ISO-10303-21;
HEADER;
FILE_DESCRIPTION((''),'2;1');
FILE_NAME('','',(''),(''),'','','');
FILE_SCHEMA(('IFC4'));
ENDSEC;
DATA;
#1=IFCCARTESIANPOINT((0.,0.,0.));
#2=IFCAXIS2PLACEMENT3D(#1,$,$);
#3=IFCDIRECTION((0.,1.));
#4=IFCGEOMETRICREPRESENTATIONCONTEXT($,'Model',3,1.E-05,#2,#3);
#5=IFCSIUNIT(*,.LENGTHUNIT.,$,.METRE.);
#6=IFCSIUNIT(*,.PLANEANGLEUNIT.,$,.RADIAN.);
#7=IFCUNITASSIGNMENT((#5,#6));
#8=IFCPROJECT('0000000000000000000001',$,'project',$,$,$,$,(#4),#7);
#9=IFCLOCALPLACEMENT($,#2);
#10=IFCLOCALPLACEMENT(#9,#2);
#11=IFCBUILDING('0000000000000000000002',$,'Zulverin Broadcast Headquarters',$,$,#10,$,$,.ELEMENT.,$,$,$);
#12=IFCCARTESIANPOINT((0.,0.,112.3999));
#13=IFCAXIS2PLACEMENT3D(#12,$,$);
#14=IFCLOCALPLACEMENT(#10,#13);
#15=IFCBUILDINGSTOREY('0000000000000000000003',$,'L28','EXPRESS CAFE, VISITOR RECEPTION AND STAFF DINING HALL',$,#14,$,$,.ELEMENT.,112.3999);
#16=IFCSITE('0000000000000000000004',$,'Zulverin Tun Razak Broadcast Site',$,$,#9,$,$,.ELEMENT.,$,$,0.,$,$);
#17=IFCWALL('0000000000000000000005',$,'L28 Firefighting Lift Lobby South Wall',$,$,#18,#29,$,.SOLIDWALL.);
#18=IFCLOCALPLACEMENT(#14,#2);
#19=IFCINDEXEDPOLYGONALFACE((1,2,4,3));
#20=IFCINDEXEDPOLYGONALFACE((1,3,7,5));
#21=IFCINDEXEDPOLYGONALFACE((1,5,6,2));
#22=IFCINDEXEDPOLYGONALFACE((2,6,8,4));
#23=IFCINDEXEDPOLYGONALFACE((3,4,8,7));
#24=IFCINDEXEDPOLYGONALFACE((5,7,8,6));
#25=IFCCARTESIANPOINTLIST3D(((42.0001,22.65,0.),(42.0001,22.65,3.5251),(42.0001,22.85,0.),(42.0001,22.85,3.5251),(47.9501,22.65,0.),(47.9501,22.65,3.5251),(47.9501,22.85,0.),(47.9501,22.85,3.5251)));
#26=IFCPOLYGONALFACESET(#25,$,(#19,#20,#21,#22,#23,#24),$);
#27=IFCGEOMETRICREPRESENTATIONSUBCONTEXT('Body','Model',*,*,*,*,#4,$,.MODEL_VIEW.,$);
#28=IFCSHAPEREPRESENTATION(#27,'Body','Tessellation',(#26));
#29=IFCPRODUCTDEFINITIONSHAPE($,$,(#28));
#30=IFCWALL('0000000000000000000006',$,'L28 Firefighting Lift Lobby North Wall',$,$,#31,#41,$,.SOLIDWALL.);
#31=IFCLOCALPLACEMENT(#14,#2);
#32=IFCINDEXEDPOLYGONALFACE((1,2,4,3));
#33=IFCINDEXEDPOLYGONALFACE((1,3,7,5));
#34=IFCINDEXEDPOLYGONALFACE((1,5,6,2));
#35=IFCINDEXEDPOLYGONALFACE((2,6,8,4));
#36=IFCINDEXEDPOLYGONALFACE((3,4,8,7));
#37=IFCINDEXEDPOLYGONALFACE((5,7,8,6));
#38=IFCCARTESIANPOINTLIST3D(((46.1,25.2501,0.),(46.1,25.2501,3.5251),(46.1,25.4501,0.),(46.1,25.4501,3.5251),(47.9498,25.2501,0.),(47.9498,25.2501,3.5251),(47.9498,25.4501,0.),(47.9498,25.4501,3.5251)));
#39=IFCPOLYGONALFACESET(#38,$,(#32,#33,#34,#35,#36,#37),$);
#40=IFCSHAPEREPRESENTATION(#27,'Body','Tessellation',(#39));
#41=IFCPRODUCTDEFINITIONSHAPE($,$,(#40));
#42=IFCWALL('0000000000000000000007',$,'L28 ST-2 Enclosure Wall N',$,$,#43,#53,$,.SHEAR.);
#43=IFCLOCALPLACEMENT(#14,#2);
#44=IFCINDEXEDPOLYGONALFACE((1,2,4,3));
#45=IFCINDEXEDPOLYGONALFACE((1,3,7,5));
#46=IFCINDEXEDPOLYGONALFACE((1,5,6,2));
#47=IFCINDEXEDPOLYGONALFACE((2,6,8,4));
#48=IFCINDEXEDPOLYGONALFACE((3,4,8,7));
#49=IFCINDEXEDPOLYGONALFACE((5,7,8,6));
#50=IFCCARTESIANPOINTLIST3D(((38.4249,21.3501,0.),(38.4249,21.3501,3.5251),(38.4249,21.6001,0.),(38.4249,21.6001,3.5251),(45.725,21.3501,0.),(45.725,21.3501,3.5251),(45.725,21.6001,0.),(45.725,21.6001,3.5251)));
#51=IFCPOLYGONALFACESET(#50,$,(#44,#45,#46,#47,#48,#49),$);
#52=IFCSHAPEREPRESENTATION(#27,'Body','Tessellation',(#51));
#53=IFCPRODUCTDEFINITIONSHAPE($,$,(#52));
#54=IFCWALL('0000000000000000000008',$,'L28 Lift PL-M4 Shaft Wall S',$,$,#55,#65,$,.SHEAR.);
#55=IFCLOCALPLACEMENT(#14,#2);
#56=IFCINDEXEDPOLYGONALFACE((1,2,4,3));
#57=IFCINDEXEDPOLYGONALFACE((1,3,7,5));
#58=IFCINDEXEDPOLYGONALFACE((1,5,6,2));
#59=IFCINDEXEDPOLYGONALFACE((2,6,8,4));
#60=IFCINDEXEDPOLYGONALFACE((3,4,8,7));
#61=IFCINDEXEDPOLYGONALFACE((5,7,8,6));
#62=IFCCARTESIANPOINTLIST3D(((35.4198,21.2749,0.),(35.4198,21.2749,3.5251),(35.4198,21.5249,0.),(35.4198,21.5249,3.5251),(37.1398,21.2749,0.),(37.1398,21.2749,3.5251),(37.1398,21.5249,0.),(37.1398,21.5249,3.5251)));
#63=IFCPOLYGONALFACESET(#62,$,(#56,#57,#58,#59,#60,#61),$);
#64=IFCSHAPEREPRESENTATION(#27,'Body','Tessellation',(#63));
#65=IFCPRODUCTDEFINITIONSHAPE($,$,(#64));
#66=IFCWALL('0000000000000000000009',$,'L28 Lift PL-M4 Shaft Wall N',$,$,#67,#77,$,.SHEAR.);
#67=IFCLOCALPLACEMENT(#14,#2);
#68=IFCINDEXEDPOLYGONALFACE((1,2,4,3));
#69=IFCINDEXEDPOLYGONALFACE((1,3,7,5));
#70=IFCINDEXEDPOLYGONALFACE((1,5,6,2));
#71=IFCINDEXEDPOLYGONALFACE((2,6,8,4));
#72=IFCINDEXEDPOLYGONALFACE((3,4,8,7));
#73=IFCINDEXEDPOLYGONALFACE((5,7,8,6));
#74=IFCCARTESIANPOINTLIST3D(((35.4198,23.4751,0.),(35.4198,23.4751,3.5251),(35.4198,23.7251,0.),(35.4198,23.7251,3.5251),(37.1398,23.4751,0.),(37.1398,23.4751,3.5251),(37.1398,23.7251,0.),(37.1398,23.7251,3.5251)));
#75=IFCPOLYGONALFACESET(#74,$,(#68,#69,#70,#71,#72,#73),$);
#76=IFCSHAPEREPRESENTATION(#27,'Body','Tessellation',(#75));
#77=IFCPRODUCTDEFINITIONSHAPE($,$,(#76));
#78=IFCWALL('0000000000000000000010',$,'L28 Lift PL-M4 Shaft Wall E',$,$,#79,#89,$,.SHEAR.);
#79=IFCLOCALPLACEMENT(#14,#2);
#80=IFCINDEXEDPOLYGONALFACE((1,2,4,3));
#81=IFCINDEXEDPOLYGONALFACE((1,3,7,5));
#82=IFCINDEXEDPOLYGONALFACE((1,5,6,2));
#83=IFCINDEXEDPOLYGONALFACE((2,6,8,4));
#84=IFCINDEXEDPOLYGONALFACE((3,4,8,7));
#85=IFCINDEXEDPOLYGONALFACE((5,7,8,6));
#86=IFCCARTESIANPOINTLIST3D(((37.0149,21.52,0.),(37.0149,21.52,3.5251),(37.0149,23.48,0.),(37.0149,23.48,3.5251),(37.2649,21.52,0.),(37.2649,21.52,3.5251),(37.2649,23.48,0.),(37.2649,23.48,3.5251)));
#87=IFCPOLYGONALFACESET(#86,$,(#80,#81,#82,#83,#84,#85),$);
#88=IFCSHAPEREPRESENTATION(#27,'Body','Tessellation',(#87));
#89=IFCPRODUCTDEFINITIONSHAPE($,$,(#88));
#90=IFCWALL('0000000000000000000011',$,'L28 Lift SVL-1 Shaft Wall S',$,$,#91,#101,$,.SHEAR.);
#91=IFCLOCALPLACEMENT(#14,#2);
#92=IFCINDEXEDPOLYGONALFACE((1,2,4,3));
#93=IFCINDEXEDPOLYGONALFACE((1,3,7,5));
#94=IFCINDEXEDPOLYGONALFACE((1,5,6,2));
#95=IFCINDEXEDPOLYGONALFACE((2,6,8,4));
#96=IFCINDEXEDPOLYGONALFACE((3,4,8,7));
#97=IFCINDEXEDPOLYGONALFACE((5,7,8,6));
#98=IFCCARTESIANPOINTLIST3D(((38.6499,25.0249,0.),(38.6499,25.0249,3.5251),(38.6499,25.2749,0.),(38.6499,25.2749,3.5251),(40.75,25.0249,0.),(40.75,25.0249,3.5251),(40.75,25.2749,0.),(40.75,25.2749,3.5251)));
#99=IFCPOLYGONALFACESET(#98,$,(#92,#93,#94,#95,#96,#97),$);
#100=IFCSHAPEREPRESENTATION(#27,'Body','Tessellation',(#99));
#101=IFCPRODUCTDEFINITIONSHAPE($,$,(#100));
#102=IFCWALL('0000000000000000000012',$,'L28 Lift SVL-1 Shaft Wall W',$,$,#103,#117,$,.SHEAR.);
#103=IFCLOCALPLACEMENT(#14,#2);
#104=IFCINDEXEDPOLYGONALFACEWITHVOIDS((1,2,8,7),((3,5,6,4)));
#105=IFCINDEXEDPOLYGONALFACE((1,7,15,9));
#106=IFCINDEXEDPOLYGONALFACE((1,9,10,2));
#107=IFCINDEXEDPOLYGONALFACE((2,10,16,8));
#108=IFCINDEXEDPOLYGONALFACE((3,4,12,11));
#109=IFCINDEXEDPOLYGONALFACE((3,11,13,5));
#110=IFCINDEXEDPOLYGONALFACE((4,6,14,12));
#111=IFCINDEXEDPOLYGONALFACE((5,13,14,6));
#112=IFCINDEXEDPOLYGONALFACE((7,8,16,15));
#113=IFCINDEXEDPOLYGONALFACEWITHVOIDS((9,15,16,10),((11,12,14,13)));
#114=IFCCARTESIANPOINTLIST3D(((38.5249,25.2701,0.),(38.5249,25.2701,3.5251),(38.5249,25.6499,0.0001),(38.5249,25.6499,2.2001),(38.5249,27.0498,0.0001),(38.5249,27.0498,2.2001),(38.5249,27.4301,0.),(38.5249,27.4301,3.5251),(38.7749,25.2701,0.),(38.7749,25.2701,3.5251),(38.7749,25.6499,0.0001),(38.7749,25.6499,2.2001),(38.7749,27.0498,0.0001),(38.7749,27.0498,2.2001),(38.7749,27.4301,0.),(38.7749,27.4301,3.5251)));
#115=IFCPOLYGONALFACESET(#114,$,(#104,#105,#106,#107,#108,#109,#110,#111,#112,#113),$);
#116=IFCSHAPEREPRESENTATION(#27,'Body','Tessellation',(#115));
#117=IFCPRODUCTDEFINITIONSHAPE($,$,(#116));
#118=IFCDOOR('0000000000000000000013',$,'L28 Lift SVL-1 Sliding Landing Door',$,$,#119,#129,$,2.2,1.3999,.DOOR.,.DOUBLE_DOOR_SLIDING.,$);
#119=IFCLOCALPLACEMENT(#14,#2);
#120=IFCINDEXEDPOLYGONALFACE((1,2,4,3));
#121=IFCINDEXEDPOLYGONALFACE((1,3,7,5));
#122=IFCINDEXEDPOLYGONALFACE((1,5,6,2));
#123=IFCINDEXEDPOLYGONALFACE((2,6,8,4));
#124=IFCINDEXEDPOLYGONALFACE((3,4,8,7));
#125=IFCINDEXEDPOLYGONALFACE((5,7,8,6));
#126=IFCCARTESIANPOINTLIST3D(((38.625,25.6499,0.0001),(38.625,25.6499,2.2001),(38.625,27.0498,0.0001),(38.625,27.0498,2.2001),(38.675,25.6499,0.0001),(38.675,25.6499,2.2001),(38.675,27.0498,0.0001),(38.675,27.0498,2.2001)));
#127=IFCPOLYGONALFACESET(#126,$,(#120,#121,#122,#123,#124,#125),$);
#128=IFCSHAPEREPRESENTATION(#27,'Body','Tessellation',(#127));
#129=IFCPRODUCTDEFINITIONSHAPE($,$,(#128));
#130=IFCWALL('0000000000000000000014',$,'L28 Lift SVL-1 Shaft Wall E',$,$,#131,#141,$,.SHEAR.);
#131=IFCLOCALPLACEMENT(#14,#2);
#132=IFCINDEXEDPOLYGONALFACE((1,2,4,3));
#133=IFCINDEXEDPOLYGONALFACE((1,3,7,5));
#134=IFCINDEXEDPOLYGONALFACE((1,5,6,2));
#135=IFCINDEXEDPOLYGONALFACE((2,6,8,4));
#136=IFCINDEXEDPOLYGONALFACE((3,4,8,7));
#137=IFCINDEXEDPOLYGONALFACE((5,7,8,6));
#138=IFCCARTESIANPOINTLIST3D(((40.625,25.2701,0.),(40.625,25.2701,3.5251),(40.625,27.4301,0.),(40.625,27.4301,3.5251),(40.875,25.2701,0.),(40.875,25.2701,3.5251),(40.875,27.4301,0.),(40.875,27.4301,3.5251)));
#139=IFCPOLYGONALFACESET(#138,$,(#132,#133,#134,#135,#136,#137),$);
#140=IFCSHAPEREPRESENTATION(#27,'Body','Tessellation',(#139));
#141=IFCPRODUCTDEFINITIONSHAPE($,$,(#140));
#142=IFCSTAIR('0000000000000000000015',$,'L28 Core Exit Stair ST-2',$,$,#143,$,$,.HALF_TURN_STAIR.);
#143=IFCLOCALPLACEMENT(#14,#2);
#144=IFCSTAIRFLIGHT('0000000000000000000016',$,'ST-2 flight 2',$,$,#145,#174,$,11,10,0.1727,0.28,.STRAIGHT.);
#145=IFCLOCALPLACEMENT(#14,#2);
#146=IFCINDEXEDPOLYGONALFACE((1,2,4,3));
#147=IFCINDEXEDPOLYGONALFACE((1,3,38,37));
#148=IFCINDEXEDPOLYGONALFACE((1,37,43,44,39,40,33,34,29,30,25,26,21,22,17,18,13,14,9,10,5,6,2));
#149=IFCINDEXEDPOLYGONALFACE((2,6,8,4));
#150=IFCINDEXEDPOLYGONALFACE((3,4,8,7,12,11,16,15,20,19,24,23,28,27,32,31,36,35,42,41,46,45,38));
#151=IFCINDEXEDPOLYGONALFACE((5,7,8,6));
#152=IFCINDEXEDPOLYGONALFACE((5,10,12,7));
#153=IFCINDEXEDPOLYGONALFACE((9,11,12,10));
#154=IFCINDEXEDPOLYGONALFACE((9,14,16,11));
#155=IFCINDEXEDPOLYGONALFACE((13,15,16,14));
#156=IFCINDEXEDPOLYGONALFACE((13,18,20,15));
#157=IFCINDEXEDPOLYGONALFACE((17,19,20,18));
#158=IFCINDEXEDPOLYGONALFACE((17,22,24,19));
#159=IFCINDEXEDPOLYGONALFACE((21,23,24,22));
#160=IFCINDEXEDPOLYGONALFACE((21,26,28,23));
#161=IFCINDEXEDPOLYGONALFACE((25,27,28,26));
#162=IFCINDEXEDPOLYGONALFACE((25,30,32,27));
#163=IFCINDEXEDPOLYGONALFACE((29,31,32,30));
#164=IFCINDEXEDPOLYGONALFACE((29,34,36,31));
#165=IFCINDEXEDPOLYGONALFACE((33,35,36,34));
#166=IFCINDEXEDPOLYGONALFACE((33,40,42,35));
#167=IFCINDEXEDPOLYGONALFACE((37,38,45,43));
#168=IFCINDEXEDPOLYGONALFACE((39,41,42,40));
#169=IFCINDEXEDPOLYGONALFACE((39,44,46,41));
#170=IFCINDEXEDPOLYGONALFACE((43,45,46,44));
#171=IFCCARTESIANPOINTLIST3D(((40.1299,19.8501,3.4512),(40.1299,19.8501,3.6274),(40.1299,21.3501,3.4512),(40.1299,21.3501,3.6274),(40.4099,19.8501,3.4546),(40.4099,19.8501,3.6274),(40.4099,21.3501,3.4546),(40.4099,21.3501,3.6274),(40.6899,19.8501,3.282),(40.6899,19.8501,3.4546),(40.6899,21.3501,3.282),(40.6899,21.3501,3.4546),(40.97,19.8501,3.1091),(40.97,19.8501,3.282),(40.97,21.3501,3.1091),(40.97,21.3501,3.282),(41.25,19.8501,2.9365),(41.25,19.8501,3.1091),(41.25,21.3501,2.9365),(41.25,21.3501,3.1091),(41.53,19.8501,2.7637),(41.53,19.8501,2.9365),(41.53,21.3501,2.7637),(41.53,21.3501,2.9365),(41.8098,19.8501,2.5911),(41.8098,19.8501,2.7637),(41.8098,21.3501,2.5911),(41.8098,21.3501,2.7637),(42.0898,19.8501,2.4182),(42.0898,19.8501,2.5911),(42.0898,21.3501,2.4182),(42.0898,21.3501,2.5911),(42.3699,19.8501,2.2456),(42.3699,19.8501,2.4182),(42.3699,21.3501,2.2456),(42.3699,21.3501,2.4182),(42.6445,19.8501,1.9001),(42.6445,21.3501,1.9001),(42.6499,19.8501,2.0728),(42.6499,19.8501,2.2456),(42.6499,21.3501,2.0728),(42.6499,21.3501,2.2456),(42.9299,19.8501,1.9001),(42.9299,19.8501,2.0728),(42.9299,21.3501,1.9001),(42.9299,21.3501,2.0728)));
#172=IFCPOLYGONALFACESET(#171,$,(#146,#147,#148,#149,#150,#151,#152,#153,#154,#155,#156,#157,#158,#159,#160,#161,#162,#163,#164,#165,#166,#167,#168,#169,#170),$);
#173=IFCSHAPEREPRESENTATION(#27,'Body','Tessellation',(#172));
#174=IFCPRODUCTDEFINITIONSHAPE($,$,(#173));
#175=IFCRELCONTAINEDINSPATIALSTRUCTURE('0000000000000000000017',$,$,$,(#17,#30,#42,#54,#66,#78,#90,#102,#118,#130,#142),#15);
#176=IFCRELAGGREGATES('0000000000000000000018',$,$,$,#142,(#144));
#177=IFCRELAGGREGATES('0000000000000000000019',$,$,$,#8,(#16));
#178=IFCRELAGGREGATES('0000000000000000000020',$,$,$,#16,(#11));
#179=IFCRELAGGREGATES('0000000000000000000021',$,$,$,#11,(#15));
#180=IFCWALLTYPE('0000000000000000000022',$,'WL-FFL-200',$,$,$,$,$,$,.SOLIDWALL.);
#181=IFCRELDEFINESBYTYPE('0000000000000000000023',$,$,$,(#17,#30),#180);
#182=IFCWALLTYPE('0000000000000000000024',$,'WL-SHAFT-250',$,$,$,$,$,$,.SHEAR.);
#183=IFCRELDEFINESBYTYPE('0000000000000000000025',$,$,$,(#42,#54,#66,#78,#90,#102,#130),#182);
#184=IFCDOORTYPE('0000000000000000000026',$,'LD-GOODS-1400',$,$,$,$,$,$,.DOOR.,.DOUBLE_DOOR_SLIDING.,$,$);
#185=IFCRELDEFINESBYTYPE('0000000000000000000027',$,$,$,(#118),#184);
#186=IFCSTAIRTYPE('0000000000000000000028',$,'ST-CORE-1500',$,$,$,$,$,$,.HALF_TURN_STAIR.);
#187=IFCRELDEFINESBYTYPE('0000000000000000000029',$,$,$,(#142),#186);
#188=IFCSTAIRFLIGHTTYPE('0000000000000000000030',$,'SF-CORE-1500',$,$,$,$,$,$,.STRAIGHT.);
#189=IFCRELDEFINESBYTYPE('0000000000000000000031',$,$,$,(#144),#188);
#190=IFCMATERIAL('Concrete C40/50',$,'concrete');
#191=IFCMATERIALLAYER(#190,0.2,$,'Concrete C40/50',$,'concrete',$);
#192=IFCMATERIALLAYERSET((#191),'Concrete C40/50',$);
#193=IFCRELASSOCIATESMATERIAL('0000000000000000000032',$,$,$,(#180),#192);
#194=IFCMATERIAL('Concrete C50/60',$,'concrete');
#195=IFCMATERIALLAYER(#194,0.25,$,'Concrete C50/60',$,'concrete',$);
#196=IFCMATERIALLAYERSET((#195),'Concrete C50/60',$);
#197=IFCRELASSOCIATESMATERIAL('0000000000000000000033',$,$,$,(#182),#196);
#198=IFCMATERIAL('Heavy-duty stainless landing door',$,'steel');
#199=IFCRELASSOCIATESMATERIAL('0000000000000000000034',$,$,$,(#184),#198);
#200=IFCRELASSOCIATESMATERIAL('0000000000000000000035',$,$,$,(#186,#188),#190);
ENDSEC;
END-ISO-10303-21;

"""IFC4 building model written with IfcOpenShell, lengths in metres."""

from ifc_helpers import new_model, si_unit, direction, frame, frame_2d, origin, place, context, subcontext, project, spatial, polyline, rectangle, outline, extrude, material, layer, layer_set, type_object, element, fill, aggregate, save


model = new_model("IFC4")

# Units and contexts
model_context = context("Model", 3, precision=1e-05, world=origin(), true_north=direction((0.0, 1.0)))
body_context = subcontext(model_context, "Body", "Model", "MODEL_VIEW")
ifc_project = project(units=[si_unit("LENGTHUNIT", "METRE"), si_unit("PLANEANGLEUNIT", "RADIAN")], contexts=[model_context])

# Site, building, storey
site_placement = place(None, origin())
site = spatial("IfcSite", under=ifc_project, at=site_placement, Name="Zulverin Tun Razak Broadcast Site", CompositionType="ELEMENT", RefElevation=0.0)
building_placement = place(site_placement, origin())
building = spatial("IfcBuilding", under=site, at=building_placement, Name="Zulverin Broadcast Headquarters", CompositionType="ELEMENT")
storey_placement = place(building_placement, frame((0.0, 0.0, 112.3999)))
storey = spatial("IfcBuildingStorey", under=building, at=storey_placement, Name="L28", Description="EXPRESS CAFE, VISITOR RECEPTION AND STAFF DINING HALL", CompositionType="ELEMENT", Elevation=112.3999)

# Shared definitions
ifc_material_1 = material(Name="Concrete C40/50", Category="concrete")
ifc_layer_1 = layer(ifc_material_1, 0.2, Name="Concrete C40/50", Category="concrete")
ifc_layer_set_1 = layer_set([ifc_layer_1], Name="Concrete C40/50")
wall_type_1 = type_object("IfcWallType", Name="WL-FFL-200", PredefinedType="SOLIDWALL", material=ifc_layer_set_1)

# Walls
wall_1_placement = place(storey_placement, frame((42.0, 22.75, 0.0), z_axis=(0.0, 0.0, 1.0), x_axis=(1.0, 0.0, 0.0)))
element("IfcWall", 1, at=wall_1_placement, inside=storey, type_object=wall_type_1, Name="L28 Firefighting Lift Lobby South Wall", PredefinedType="SOLIDWALL", context=body_context, shape_type="SweptSolid", body=[
    extrude(rectangle(XDim=5.95, YDim=0.2, at=frame_2d((2.9751, 0.0))), origin(), (0.0, 0.0, 1.0), 3.5251),
])
wall_2_placement = place(storey_placement, frame((46.1001, 25.3501, 0.0), z_axis=(0.0, 0.0, 1.0), x_axis=(1.0, 0.0, 0.0)))
element("IfcWall", 2, at=wall_2_placement, inside=storey, type_object=wall_type_1, Name="L28 Firefighting Lift Lobby North Wall", PredefinedType="SOLIDWALL", context=body_context, shape_type="SweptSolid", body=[
    extrude(rectangle(XDim=1.8499, YDim=0.2, at=frame_2d((0.9248, 0.0))), origin(), (0.0, 0.0, 1.0), 3.5251),
])

# Walls
ifc_material_2 = material(Name="Concrete C50/60", Category="concrete")
ifc_layer_2 = layer(ifc_material_2, 0.25, Name="Concrete C50/60", Category="concrete")
ifc_layer_set_2 = layer_set([ifc_layer_2], Name="Concrete C50/60")
wall_type_2 = type_object("IfcWallType", Name="WL-SHAFT-250", PredefinedType="SHEAR", material=ifc_layer_set_2)
wall_3_placement = place(storey_placement, frame((38.425, 21.4751, 0.0), z_axis=(0.0, 0.0, 1.0), x_axis=(1.0, 0.0, 0.0)))
element("IfcWall", 3, at=wall_3_placement, inside=storey, type_object=wall_type_2, Name="L28 ST-2 Enclosure Wall N", PredefinedType="SHEAR", context=body_context, shape_type="SweptSolid", body=[
    extrude(rectangle(XDim=7.3, YDim=0.25, at=frame_2d((3.6499, 0.0))), origin(), (0.0, 0.0, 1.0), 3.5251),
])
for number, where, z_axis, x_axis, name in (
    (4, (35.4199, 21.3999, 0.0), (0.0, 0.0, 1.0), (1.0, 0.0, 0.0), "L28 Lift PL-M4 Shaft Wall S"),
    (5, (35.4199, 23.6001, 0.0), (0.0, 0.0, 1.0), (1.0, 0.0, 0.0), "L28 Lift PL-M4 Shaft Wall N"),
):
    element("IfcWall", number, at=place(storey_placement, frame(where, z_axis=z_axis, x_axis=x_axis)), inside=storey, type_object=wall_type_2, Name=name, PredefinedType="SHEAR", context=body_context, shape_type="SweptSolid", body=[
        extrude(rectangle(XDim=1.72, YDim=0.25, at=frame_2d((0.8599, 0.0))), origin(), (0.0, 0.0, 1.0), 3.5251),
    ])
wall_4_placement = place(storey_placement, frame((37.1399, 21.52, 0.0), z_axis=(0.0, 0.0, 1.0), x_axis=(0.0, 1.0, 0.0)))
element("IfcWall", 6, at=wall_4_placement, inside=storey, type_object=wall_type_2, Name="L28 Lift PL-M4 Shaft Wall E", PredefinedType="SHEAR", context=body_context, shape_type="SweptSolid", body=[
    extrude(rectangle(XDim=1.96, YDim=0.25, at=frame_2d((0.98, 0.0))), origin(), (0.0, 0.0, 1.0), 3.5251),
])

# Wall
wall_5_placement = place(storey_placement, frame((38.6499, 25.1499, 0.0), z_axis=(0.0, 0.0, 1.0), x_axis=(1.0, 0.0, 0.0)))
element("IfcWall", 7, at=wall_5_placement, inside=storey, type_object=wall_type_2, Name="L28 Lift SVL-1 Shaft Wall S", PredefinedType="SHEAR", context=body_context, shape_type="SweptSolid", body=[
    extrude(rectangle(XDim=2.1001, YDim=0.25, at=frame_2d((1.05, 0.0))), origin(), (0.0, 0.0, 1.0), 3.5251),
])

# Wall, opening, door
wall_6_placement = place(storey_placement, frame((38.6499, 25.27, 0.0), z_axis=(0.0, 0.0, 1.0), x_axis=(0.0, 1.0, 0.0)))
wall_6 = element("IfcWall", 8, at=wall_6_placement, inside=storey, type_object=wall_type_2, Name="L28 Lift SVL-1 Shaft Wall W", PredefinedType="SHEAR", context=body_context, shape_type="SweptSolid", body=[
    extrude(rectangle(XDim=2.1599, YDim=0.25, at=frame_2d((1.0801, 0.0))), origin(), (0.0, 0.0, 1.0), 3.5251),
])
opening_1_placement = place(wall_6_placement, frame((0.3799, 0.0, 0.0)))
opening_1 = element("IfcOpeningElement", 9, at=opening_1_placement, cuts=wall_6, PredefinedType="OPENING", context=body_context, shape_type="SweptSolid", body=[
    extrude(rectangle(XDim=1.3999, YDim=2.2, at=frame_2d((0.7, 1.1001))), frame((0.0, 0.135, 0.0), z_axis=(0.0, -1.0, 0.0), x_axis=(1.0, 0.0, 0.0)), (0.0, 0.0, 1.0), 0.27),
])
ifc_material_3 = material(Name="Heavy-duty stainless landing door", Category="steel")
door_type_1 = type_object("IfcDoorType", Name="LD-GOODS-1400", OperationType="DOUBLE_DOOR_SLIDING", PredefinedType="DOOR", material=ifc_material_3)
door_1_placement = place(opening_1_placement, origin())
door_1 = element("IfcDoor", 10, at=door_1_placement, inside=storey, type_object=door_type_1, Name="L28 Lift SVL-1 Sliding Landing Door", OperationType="DOUBLE_DOOR_SLIDING", OverallHeight=2.2, OverallWidth=1.3999, PredefinedType="DOOR", context=body_context, shape_type="SweptSolid", body=[
    extrude(rectangle(XDim=1.3999, YDim=2.2, at=frame_2d((0.7, 1.1001))), frame((0.0, 0.0249, 0.0), z_axis=(0.0, -1.0, 0.0), x_axis=(1.0, 0.0, 0.0)), (0.0, 0.0, 1.0), 0.05),
])
fill(opening_1, door_1)

# Wall
wall_7_placement = place(storey_placement, frame((40.75, 25.27, 0.0), z_axis=(0.0, 0.0, 1.0), x_axis=(0.0, 1.0, 0.0)))
element("IfcWall", 11, at=wall_7_placement, inside=storey, type_object=wall_type_2, Name="L28 Lift SVL-1 Shaft Wall E", PredefinedType="SHEAR", context=body_context, shape_type="SweptSolid", body=[
    extrude(rectangle(XDim=2.1599, YDim=0.25, at=frame_2d((1.0801, 0.0))), origin(), (0.0, 0.0, 1.0), 3.5251),
])

# Stair, stair flight
stair_type = type_object("IfcStairType", Name="ST-CORE-1500", PredefinedType="HALF_TURN_STAIR", material=ifc_material_1)
stair_placement = place(storey_placement, origin())
stair = element("IfcStair", 12, at=stair_placement, inside=storey, type_object=stair_type, Name="L28 Core Exit Stair ST-2", PredefinedType="HALF_TURN_STAIR")
stair_flight_type = type_object("IfcStairFlightType", Name="SF-CORE-1500", PredefinedType="STRAIGHT", material=ifc_material_1)
stair_flight_placement = place(storey_placement, frame((42.9299, 20.6001, 1.9001), z_axis=(0.0, 0.0, 1.0), x_axis=(-1.0, 0.0, 0.0)))
stair_flight = element("IfcStairFlight", 13, at=stair_flight_placement, type_object=stair_flight_type, Name="ST-2 flight 2", NumberOfRisers=11, NumberOfTreads=10, PredefinedType="STRAIGHT", RiserHeight=0.1727, TreadLength=0.28, context=body_context, shape_type="SweptSolid", body=[
    extrude(outline(polyline([(0.0, 0.0), (0.0, 0.1726), (0.28, 0.1726), (0.28, 0.3455), (0.5601, 0.3455), (0.5601, 0.5181), (0.8401, 0.5181), (0.8401, 0.6909), (1.1201, 0.6909), (1.1201, 0.8635), (1.3999, 0.8635), (1.3999, 1.0364), (1.6799, 1.0364), (1.6799, 1.209), (1.96, 1.209), (1.96, 1.3818), (2.24, 1.3818), (2.24, 1.5544), (2.52, 1.5544), (2.52, 1.7273), (2.8, 1.7273), (2.8, 1.8999), (2.8, 1.551), (0.2854, 0.0), (0.0, 0.0)])), frame((0.0, 0.75, 0.0), z_axis=(0.0, -1.0, 0.0), x_axis=(1.0, 0.0, 0.0)), (0.0, 0.0, 1.0), 1.5),
])
aggregate(stair, [stair_flight])

save(model, "model.ifc")
